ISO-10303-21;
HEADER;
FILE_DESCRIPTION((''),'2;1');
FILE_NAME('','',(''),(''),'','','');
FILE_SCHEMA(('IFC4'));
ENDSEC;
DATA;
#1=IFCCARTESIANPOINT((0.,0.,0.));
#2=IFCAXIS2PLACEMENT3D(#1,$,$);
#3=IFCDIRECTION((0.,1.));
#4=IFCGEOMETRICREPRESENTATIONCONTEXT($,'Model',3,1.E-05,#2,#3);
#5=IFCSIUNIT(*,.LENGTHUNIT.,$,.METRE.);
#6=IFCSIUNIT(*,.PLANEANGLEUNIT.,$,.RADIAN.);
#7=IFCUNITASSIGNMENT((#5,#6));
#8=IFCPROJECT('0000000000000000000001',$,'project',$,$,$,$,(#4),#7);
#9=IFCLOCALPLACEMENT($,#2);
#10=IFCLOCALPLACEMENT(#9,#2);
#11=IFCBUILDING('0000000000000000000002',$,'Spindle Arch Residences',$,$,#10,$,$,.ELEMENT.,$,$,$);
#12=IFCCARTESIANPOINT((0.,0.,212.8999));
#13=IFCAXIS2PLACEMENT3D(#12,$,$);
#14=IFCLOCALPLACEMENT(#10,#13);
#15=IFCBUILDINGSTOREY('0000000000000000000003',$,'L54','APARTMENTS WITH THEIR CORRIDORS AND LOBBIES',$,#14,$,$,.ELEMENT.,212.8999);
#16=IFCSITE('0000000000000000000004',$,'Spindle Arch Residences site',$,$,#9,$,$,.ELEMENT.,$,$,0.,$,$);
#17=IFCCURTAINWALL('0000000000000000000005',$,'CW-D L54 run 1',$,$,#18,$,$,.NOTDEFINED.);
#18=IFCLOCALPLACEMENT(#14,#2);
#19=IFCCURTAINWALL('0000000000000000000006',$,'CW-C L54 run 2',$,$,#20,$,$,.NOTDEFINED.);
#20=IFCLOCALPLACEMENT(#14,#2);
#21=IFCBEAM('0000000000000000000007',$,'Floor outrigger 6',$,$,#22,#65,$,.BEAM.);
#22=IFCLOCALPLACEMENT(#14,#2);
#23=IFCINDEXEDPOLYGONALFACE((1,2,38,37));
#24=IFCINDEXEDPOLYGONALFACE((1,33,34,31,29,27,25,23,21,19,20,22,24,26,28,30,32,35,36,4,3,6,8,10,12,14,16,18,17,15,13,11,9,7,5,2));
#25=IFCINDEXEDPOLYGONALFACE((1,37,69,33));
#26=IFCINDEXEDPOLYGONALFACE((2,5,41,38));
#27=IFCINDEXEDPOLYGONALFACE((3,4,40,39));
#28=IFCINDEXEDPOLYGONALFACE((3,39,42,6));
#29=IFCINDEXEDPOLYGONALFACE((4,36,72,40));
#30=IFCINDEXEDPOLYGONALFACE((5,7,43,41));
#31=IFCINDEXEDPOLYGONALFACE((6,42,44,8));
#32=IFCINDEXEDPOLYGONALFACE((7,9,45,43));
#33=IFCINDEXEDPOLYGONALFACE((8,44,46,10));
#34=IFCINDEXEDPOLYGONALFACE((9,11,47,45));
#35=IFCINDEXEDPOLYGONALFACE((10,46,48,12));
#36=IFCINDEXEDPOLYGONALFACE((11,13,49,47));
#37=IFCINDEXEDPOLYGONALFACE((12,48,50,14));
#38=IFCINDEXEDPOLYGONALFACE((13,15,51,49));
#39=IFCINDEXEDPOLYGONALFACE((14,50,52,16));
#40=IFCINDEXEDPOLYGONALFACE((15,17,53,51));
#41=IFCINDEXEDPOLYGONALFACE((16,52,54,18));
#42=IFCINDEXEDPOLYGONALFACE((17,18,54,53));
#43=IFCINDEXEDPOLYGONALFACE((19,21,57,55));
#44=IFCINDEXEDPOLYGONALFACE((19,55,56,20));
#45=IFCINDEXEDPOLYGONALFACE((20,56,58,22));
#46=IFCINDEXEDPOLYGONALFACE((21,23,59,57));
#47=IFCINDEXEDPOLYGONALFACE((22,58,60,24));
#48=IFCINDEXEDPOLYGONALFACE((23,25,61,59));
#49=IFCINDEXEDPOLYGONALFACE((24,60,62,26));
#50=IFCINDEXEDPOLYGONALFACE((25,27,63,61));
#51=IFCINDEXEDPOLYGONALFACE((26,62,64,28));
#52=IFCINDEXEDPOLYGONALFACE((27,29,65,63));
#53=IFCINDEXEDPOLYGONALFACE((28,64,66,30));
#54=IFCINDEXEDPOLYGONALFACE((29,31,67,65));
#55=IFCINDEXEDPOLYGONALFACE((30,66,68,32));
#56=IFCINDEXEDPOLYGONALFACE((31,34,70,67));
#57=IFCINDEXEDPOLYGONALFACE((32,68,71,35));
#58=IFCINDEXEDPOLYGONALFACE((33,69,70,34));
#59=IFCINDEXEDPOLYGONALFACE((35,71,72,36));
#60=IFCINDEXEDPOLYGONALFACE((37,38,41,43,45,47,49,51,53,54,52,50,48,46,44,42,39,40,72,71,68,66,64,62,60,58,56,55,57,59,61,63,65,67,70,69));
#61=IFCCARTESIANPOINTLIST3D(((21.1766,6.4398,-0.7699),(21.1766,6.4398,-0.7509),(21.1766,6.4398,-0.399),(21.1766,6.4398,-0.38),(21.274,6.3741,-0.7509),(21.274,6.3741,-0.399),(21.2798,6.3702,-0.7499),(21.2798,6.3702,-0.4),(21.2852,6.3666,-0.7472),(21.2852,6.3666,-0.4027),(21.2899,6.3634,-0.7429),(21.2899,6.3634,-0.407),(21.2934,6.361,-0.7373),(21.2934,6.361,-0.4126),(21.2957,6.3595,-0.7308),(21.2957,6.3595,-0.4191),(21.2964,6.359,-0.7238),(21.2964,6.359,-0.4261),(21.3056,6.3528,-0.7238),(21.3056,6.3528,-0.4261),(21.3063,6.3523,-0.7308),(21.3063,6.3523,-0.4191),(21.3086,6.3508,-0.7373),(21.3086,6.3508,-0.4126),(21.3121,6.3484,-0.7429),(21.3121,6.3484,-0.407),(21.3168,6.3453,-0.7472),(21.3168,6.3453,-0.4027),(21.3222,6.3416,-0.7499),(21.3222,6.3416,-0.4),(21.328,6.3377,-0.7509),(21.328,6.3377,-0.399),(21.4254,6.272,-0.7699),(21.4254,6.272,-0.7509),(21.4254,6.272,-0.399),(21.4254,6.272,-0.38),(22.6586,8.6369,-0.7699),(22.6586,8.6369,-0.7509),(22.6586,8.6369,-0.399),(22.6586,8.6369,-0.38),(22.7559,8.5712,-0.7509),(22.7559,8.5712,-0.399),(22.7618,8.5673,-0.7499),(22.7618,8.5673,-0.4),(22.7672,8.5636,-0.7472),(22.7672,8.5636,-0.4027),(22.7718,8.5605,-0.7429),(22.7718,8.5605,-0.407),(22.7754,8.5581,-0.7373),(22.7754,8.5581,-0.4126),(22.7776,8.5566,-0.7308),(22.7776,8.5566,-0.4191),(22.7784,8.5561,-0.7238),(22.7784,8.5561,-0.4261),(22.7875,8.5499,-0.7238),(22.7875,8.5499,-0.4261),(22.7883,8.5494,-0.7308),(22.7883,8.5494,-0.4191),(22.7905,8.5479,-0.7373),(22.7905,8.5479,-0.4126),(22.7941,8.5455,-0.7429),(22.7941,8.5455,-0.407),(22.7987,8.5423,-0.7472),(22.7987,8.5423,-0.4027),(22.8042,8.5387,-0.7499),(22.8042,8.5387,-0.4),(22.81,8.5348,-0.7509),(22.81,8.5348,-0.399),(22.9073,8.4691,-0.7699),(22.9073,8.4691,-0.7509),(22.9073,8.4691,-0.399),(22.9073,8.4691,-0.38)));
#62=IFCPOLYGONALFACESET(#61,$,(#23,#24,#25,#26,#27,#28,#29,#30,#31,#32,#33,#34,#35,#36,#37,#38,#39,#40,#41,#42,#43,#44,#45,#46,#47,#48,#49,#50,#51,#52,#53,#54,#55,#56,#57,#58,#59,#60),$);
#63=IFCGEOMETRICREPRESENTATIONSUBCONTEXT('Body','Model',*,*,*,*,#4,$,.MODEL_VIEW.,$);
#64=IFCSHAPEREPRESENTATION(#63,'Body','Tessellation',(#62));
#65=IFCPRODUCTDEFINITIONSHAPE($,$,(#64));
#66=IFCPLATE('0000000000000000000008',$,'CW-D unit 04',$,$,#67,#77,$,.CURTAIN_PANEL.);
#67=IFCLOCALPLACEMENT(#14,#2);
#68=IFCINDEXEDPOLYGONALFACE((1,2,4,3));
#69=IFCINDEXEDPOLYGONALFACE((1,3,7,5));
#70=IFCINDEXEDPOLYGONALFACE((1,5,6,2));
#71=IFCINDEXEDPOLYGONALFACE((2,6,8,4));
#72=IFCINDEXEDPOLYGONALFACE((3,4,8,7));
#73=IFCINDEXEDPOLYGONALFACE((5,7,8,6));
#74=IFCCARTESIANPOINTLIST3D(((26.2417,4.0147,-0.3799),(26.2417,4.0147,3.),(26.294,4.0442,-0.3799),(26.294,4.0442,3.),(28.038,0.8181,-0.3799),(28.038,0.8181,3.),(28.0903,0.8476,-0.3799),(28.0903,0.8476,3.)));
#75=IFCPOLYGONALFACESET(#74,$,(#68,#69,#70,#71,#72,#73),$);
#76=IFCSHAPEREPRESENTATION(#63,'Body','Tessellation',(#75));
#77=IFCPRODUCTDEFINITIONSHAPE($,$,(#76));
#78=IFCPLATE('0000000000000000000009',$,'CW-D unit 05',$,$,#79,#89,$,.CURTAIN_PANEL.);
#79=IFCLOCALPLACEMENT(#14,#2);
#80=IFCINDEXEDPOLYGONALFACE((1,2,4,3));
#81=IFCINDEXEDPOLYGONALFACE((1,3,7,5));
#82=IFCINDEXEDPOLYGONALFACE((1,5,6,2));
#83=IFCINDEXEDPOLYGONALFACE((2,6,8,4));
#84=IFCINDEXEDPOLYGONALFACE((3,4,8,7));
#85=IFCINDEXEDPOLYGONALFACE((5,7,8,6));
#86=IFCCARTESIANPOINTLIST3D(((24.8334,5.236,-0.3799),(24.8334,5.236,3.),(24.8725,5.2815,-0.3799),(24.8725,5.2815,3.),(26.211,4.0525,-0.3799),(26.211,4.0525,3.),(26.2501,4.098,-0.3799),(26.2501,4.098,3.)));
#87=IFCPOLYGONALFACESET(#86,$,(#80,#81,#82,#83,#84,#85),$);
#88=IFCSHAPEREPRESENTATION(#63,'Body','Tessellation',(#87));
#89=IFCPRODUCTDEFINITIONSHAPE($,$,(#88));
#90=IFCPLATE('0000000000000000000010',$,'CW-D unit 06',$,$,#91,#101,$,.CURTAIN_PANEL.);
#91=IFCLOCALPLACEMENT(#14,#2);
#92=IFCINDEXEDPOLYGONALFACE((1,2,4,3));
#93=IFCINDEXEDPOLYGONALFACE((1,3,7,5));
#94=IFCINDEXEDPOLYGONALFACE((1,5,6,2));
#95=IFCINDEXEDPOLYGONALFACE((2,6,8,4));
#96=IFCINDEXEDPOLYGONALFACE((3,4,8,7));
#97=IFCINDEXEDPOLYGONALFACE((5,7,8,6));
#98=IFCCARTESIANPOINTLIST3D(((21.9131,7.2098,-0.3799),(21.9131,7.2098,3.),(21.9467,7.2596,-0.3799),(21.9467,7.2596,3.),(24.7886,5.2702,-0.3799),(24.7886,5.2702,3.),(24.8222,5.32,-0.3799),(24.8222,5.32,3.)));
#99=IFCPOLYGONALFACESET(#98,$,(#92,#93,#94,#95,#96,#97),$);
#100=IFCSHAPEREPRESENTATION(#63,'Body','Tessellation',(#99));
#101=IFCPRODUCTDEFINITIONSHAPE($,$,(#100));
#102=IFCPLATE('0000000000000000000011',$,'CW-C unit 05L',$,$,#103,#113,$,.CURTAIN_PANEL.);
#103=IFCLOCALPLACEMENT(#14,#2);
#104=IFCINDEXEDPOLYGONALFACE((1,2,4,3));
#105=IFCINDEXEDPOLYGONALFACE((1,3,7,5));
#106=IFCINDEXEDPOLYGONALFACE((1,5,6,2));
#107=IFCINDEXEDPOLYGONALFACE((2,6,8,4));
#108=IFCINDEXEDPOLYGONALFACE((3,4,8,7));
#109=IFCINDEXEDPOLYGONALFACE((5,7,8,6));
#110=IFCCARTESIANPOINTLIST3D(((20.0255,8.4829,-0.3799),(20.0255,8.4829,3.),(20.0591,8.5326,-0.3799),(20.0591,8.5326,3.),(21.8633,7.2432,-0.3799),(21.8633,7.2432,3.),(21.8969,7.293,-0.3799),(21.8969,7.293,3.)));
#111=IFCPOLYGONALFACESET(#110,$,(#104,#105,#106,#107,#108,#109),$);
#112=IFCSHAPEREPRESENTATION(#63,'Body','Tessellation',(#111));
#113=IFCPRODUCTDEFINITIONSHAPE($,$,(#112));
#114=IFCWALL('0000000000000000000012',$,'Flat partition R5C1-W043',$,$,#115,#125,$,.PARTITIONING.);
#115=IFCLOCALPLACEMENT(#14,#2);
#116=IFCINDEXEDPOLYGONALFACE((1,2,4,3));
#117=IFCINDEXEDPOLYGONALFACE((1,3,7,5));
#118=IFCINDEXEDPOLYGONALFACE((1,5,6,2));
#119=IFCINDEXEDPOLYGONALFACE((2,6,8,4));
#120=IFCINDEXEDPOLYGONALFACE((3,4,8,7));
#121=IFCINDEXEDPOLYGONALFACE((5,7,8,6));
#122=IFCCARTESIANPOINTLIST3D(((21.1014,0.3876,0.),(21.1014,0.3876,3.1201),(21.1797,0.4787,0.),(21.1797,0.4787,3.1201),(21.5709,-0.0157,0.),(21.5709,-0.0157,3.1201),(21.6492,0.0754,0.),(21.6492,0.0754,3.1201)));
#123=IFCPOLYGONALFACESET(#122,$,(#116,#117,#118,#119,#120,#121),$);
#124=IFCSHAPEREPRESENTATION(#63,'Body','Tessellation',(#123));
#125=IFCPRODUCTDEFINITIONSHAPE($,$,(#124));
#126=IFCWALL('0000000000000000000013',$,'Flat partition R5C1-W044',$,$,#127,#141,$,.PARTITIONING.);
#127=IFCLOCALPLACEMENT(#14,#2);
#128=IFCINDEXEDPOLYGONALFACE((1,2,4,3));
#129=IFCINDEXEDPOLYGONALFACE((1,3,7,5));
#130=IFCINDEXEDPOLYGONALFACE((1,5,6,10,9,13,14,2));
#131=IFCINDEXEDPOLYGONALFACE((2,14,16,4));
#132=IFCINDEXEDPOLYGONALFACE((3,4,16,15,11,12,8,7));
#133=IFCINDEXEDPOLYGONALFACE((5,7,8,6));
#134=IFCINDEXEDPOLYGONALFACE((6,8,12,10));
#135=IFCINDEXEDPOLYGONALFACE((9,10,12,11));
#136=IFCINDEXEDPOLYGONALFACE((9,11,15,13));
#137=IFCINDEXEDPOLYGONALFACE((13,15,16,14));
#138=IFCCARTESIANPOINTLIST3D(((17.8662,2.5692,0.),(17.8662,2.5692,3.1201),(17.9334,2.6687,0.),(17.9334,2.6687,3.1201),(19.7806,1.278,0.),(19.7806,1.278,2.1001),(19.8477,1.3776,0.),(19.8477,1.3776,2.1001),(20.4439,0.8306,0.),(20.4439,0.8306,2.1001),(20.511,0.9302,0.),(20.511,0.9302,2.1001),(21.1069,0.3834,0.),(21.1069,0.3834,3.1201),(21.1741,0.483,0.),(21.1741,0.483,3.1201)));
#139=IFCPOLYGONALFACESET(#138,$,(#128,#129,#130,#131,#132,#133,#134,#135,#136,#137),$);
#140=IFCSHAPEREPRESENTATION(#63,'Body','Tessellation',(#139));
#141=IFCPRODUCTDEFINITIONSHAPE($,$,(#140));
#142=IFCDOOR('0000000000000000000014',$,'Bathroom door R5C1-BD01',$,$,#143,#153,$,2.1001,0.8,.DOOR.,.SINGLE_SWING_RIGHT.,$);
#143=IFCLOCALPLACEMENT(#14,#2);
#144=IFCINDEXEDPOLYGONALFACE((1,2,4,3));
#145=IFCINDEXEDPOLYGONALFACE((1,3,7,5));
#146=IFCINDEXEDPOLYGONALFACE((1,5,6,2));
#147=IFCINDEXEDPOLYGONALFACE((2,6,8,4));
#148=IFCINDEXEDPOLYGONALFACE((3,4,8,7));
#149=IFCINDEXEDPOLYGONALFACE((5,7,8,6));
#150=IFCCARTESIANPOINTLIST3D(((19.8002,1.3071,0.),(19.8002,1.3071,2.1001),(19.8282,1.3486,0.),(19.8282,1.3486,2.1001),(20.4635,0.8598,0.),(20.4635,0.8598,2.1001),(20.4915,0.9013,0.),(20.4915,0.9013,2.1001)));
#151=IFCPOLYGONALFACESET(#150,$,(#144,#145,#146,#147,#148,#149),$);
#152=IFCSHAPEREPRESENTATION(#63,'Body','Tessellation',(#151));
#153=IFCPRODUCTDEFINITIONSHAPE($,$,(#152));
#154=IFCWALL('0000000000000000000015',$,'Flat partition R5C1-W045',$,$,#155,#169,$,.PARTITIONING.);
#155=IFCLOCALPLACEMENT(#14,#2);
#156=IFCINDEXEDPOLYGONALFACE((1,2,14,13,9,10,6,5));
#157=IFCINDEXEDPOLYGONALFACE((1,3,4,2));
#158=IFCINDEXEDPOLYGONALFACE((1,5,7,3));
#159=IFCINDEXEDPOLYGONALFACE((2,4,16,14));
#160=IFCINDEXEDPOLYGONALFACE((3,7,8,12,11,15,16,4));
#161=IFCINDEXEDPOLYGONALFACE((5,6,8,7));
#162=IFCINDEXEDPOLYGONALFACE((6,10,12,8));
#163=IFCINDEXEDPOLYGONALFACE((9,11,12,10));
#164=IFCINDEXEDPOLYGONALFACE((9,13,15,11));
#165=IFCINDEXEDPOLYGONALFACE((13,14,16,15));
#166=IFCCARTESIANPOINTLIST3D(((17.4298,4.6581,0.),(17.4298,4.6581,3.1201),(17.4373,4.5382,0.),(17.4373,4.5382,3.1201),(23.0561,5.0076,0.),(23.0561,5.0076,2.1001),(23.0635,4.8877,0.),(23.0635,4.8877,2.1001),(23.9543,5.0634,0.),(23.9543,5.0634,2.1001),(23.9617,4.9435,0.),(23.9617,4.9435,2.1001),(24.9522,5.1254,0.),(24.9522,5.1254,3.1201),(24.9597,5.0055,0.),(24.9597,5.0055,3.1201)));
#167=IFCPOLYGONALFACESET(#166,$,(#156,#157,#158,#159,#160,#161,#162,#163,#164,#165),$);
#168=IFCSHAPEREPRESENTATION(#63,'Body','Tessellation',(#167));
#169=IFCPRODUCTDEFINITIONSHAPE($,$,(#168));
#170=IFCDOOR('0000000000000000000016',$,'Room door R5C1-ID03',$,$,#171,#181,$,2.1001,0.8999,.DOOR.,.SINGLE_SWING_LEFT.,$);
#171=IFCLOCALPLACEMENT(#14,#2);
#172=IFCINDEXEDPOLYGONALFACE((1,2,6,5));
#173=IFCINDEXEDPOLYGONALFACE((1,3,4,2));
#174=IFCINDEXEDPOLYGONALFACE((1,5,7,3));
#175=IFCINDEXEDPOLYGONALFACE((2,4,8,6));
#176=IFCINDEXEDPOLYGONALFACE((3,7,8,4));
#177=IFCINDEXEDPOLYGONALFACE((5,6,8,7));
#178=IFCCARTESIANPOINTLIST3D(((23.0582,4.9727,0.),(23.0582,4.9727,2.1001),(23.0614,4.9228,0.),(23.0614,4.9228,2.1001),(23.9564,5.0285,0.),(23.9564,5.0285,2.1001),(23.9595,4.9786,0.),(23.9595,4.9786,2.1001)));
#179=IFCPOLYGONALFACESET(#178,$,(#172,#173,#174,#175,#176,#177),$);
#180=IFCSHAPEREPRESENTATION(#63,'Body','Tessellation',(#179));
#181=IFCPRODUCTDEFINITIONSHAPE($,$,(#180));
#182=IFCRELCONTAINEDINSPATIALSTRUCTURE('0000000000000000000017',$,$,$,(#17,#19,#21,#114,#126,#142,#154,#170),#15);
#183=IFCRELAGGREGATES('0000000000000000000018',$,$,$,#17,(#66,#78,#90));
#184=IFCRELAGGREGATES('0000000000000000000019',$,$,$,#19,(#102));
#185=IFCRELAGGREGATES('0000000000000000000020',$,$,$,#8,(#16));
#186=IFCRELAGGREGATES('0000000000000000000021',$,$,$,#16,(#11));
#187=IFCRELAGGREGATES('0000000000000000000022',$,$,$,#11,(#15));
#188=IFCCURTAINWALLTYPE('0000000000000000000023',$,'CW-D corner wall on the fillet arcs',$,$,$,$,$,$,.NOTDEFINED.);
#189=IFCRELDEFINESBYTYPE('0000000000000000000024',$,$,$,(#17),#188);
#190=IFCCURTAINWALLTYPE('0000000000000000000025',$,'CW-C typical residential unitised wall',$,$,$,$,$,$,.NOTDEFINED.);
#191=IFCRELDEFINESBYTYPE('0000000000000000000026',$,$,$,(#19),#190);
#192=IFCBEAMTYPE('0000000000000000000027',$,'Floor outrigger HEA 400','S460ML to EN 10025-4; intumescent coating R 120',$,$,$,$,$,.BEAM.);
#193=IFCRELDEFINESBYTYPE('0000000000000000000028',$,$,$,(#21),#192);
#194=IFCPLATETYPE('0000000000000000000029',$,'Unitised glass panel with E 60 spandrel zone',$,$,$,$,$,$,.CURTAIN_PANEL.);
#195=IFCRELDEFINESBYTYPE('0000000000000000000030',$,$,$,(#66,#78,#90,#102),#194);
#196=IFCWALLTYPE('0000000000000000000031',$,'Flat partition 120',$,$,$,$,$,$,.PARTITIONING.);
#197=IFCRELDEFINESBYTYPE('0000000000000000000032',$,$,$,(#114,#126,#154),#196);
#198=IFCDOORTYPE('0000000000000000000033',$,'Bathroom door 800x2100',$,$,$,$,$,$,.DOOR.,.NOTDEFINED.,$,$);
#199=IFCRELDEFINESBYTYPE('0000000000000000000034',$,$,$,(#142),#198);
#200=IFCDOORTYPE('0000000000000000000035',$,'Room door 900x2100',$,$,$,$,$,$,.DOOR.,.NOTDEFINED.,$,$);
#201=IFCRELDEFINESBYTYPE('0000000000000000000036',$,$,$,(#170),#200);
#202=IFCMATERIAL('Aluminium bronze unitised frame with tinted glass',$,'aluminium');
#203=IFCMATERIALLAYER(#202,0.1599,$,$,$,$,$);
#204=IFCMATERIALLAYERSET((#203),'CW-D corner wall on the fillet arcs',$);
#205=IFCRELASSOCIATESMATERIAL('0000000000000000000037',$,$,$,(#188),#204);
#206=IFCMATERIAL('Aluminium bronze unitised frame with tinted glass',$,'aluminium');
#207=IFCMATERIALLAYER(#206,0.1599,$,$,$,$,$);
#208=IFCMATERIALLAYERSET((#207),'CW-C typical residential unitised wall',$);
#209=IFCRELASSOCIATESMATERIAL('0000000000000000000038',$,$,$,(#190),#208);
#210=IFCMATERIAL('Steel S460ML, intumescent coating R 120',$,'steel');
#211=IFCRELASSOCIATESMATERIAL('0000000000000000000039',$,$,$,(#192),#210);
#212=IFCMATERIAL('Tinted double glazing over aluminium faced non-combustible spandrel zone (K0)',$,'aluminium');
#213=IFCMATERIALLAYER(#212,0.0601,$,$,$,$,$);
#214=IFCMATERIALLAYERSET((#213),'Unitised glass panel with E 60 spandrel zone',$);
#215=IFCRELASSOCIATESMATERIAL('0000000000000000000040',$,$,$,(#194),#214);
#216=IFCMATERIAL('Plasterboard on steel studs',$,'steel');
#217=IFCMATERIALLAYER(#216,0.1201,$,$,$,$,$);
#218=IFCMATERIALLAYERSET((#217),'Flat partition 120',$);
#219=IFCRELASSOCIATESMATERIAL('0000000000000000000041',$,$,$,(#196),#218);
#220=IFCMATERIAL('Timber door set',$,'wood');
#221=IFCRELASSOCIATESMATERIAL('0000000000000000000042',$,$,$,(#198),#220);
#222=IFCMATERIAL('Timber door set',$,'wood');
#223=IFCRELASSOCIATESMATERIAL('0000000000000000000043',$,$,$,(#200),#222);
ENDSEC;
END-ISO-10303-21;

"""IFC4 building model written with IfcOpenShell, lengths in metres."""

from ifc_helpers import new_model, si_unit, direction, frame, frame_2d, origin, origin_2d, place, context, subcontext, project, spatial, rectangle, i_section, extrude, material, layer, layer_set, material_profile, profile_set, type_object, element, fill, aggregate, save


model = new_model("IFC4")

# Units and contexts
model_context = context("Model", 3, precision=1e-05, world=origin(), true_north=direction((0.0, 1.0)))
body_context = subcontext(model_context, "Body", "Model", "MODEL_VIEW")
ifc_project = project(units=[si_unit("LENGTHUNIT", "METRE"), si_unit("PLANEANGLEUNIT", "RADIAN")], contexts=[model_context])

# Site, building, storey
site_placement = place(None, origin())
site = spatial("IfcSite", under=ifc_project, at=site_placement, Name="Spindle Arch Residences site", CompositionType="ELEMENT", RefElevation=0.0)
building_placement = place(site_placement, origin())
building = spatial("IfcBuilding", under=site, at=building_placement, Name="Spindle Arch Residences", CompositionType="ELEMENT")
storey_placement = place(building_placement, frame((0.0, 0.0, 212.8999)))
storey = spatial("IfcBuildingStorey", under=building, at=storey_placement, Name="L54", Description="APARTMENTS WITH THEIR CORRIDORS AND LOBBIES", CompositionType="ELEMENT", Elevation=212.8999)

# Curtain wall
ifc_material_1 = material(Name="Aluminium bronze unitised frame with tinted glass", Category="aluminium")
ifc_layer_1 = layer(ifc_material_1, 0.1599)
ifc_layer_set_1 = layer_set([ifc_layer_1], Name="CW-D corner wall on the fillet arcs")
curtain_wall_type_1 = type_object("IfcCurtainWallType", Name="CW-D corner wall on the fillet arcs", PredefinedType="NOTDEFINED", material=ifc_layer_set_1)
curtain_wall_1_placement = place(storey_placement, origin())
curtain_wall_1 = element("IfcCurtainWall", 1, at=curtain_wall_1_placement, inside=storey, type_object=curtain_wall_type_1, Name="CW-D L54 run 1", PredefinedType="NOTDEFINED")

# Curtain wall
ifc_material_2 = material(Name="Aluminium bronze unitised frame with tinted glass", Category="aluminium")
ifc_layer_2 = layer(ifc_material_2, 0.1599)
ifc_layer_set_2 = layer_set([ifc_layer_2], Name="CW-C typical residential unitised wall")
curtain_wall_type_2 = type_object("IfcCurtainWallType", Name="CW-C typical residential unitised wall", PredefinedType="NOTDEFINED", material=ifc_layer_set_2)
curtain_wall_2_placement = place(storey_placement, origin())
curtain_wall_2 = element("IfcCurtainWall", 2, at=curtain_wall_2_placement, inside=storey, type_object=curtain_wall_type_2, Name="CW-C L54 run 2", PredefinedType="NOTDEFINED")

# Beam
ifc_material_3 = material(Name="Steel S460ML, intumescent coating R 120", Category="steel")
ifc_material_profile_1 = material_profile(ifc_material_3, i_section(OverallWidth=0.3, OverallDepth=0.3899, WebThickness=0.011, FlangeThickness=0.019, FilletRadius=0.0271, at=origin_2d()), Name="HEA 400")
ifc_profile_set_1 = profile_set([ifc_material_profile_1], Name="Steel S460ML, intumescent coating R 120")
beam_type_1 = type_object("IfcBeamType", Name="Floor outrigger HEA 400", Description="S460ML to EN 10025-4; intumescent coating R 120", PredefinedType="BEAM", material=ifc_profile_set_1)
beam_1_placement = place(storey_placement, frame((22.783, 8.553, -0.575), z_axis=(-0.559199, -0.829033, 0.0), x_axis=(0.829033, -0.559199, 0.0)))
element("IfcBeam", 3, at=beam_1_placement, inside=storey, type_object=beam_type_1, Name="Floor outrigger 6", PredefinedType="BEAM", context=body_context, shape_type="SweptSolid", body=[
    extrude(i_section(OverallWidth=0.3, OverallDepth=0.3899, WebThickness=0.011, FlangeThickness=0.019, FilletRadius=0.0271, at=origin_2d()), origin(), (0.0, 0.0, 1.0), 2.6501),
])

# Plates
ifc_material_4 = material(Name="Tinted double glazing over aluminium faced non-combustible spandrel zone (K0)", Category="aluminium")
ifc_layer_3 = layer(ifc_material_4, 0.0601)
ifc_layer_set_3 = layer_set([ifc_layer_3], Name="Unitised glass panel with E 60 spandrel zone")
plate_type = type_object("IfcPlateType", Name="Unitised glass panel with E 60 spandrel zone", PredefinedType="CURTAIN_PANEL", material=ifc_layer_set_3)
plate_1_placement = place(storey_placement, frame((27.166, 2.4312, -0.3799), z_axis=(0.0, 0.0, 1.0), x_axis=(-0.48989, 0.871784, 0.0)))
plate_1 = element("IfcPlate", 4, at=plate_1_placement, type_object=plate_type, Name="CW-D unit 04", PredefinedType="CURTAIN_PANEL", context=body_context, shape_type="SweptSolid", body=[
    extrude(rectangle(XDim=3.6667, YDim=0.0601, at=origin_2d()), origin(), (0.0, 0.0, 1.0), 3.3799),
])
plate_2_placement = place(storey_placement, frame((25.5417, 4.667, -0.3799), z_axis=(0.0, 0.0, 1.0), x_axis=(-0.758514, 0.651657, 0.0)))
plate_2 = element("IfcPlate", 5, at=plate_2_placement, type_object=plate_type, Name="CW-D unit 05", PredefinedType="CURTAIN_PANEL", context=body_context, shape_type="SweptSolid", body=[
    extrude(rectangle(XDim=1.8162, YDim=0.0601, at=origin_2d()), origin(), (0.0, 0.0, 1.0), 3.3799),
])
plate_3_placement = place(storey_placement, frame((23.3677, 6.2649, -0.3799), z_axis=(0.0, 0.0, 1.0), x_axis=(-0.829038, 0.559193, 0.0)))
plate_3 = element("IfcPlate", 6, at=plate_3_placement, type_object=plate_type, Name="CW-D unit 06", PredefinedType="CURTAIN_PANEL", context=body_context, shape_type="SweptSolid", body=[
    extrude(rectangle(XDim=3.4685, YDim=0.0601, at=origin_2d()), origin(), (0.0, 0.0, 1.0), 3.3799),
])
aggregate(curtain_wall_1, [plate_1, plate_2, plate_3])
plate_4_placement = place(storey_placement, frame((20.9612, 7.8879, -0.3799), z_axis=(0.0, 0.0, 1.0), x_axis=(-0.829038, 0.559193, 0.0)))
plate_4 = element("IfcPlate", 7, at=plate_4_placement, type_object=plate_type, Name="CW-C unit 05L", PredefinedType="CURTAIN_PANEL", context=body_context, shape_type="SweptSolid", body=[
    extrude(rectangle(XDim=2.2168, YDim=0.0601, at=origin_2d()), origin(), (0.0, 0.0, 1.0), 3.3799),
])
aggregate(curtain_wall_2, [plate_4])

# Wall
ifc_material_5 = material(Name="Plasterboard on steel studs", Category="steel")
ifc_layer_4 = layer(ifc_material_5, 0.1201)
ifc_layer_set_4 = layer_set([ifc_layer_4], Name="Flat partition 120")
wall_type_1 = type_object("IfcWallType", Name="Flat partition 120", PredefinedType="PARTITIONING", material=ifc_layer_set_4)
wall_1_placement = place(storey_placement, frame((21.6101, 0.0298, 0.0), z_axis=(0.0, 0.0, 1.0), x_axis=(-0.758532, 0.651636, 0.0)))
element("IfcWall", 8, at=wall_1_placement, inside=storey, type_object=wall_type_1, Name="Flat partition R5C1-W043", PredefinedType="PARTITIONING", context=body_context, shape_type="SweptSolid", body=[
    extrude(rectangle(XDim=0.6189, YDim=0.1201, at=frame_2d((0.3096, 0.0))), origin(), (0.0, 0.0, 1.0), 3.1201),
])

# Walls, openings, doors
wall_2_placement = place(storey_placement, frame((21.1406, 0.4331, 0.0), z_axis=(0.0, 0.0, 1.0), x_axis=(-0.82905, 0.559175, 0.0)))
wall_2 = element("IfcWall", 9, at=wall_2_placement, inside=storey, type_object=wall_type_1, Name="Flat partition R5C1-W044", PredefinedType="PARTITIONING", context=body_context, shape_type="SweptSolid", body=[
    extrude(rectangle(XDim=3.9089, YDim=0.1201, at=frame_2d((1.9546, 0.0))), origin(), (0.0, 0.0, 1.0), 3.1201),
])
opening_1_placement = place(wall_2_placement, frame((0.8, 0.0, 0.0)))
opening_1 = element("IfcOpeningElement", 10, at=opening_1_placement, cuts=wall_2, PredefinedType="OPENING", context=body_context, shape_type="SweptSolid", body=[
    extrude(rectangle(XDim=0.8, YDim=2.1001, at=frame_2d((0.3999, 1.05))), frame((0.0, 0.0701, 0.0), z_axis=(0.0, -1.0, 0.0), x_axis=(1.0, 0.0, 0.0)), (0.0, 0.0, 1.0), 0.1401),
])
ifc_material_6 = material(Name="Timber door set", Category="wood")
door_type_1 = type_object("IfcDoorType", Name="Bathroom door 800x2100", OperationType="NOTDEFINED", PredefinedType="DOOR", material=ifc_material_6)
door_1_placement = place(opening_1_placement, origin())
door_1 = element("IfcDoor", 11, at=door_1_placement, inside=storey, type_object=door_type_1, Name="Bathroom door R5C1-BD01", OperationType="SINGLE_SWING_RIGHT", OverallHeight=2.1001, OverallWidth=0.8, PredefinedType="DOOR", context=body_context, shape_type="SweptSolid", body=[
    extrude(rectangle(XDim=0.8, YDim=2.1001, at=frame_2d((0.3999, 1.05))), frame((0.0, 0.0249, 0.0), z_axis=(0.0, -1.0, 0.0), x_axis=(1.0, 0.0, 0.0)), (0.0, 0.0, 1.0), 0.05),
])
fill(opening_1, door_1)
wall_3_placement = place(storey_placement, frame((24.9561, 5.0654, 0.0), z_axis=(0.0, 0.0, 1.0), x_axis=(-0.998076, -0.061999, 0.0)))
wall_3 = element("IfcWall", 12, at=wall_3_placement, inside=storey, type_object=wall_type_1, Name="Flat partition R5C1-W045", PredefinedType="PARTITIONING", context=body_context, shape_type="SweptSolid", body=[
    extrude(rectangle(XDim=7.5369, YDim=0.1201, at=frame_2d((3.7686, 0.0))), origin(), (0.0, 0.0, 1.0), 3.1201),
])
opening_2_placement = place(wall_3_placement, frame((1.0, 0.0, 0.0)))
opening_2 = element("IfcOpeningElement", 13, at=opening_2_placement, cuts=wall_3, PredefinedType="OPENING", context=body_context, shape_type="SweptSolid", body=[
    extrude(rectangle(XDim=0.8999, YDim=2.1001, at=frame_2d((0.45, 1.05))), frame((0.0, 0.0701, 0.0), z_axis=(0.0, -1.0, 0.0), x_axis=(1.0, 0.0, 0.0)), (0.0, 0.0, 1.0), 0.1401),
])
ifc_material_7 = material(Name="Timber door set", Category="wood")
door_type_2 = type_object("IfcDoorType", Name="Room door 900x2100", OperationType="NOTDEFINED", PredefinedType="DOOR", material=ifc_material_7)
door_2_placement = place(opening_2_placement, origin())
door_2 = element("IfcDoor", 14, at=door_2_placement, inside=storey, type_object=door_type_2, Name="Room door R5C1-ID03", OperationType="SINGLE_SWING_LEFT", OverallHeight=2.1001, OverallWidth=0.8999, PredefinedType="DOOR", context=body_context, shape_type="SweptSolid", body=[
    extrude(rectangle(XDim=0.8999, YDim=2.1001, at=frame_2d((0.45, 1.05))), frame((0.0, 0.0249, 0.0), z_axis=(0.0, -1.0, 0.0), x_axis=(1.0, 0.0, 0.0)), (0.0, 0.0, 1.0), 0.05),
])
fill(opening_2, door_2)

save(model, "model.ifc")
